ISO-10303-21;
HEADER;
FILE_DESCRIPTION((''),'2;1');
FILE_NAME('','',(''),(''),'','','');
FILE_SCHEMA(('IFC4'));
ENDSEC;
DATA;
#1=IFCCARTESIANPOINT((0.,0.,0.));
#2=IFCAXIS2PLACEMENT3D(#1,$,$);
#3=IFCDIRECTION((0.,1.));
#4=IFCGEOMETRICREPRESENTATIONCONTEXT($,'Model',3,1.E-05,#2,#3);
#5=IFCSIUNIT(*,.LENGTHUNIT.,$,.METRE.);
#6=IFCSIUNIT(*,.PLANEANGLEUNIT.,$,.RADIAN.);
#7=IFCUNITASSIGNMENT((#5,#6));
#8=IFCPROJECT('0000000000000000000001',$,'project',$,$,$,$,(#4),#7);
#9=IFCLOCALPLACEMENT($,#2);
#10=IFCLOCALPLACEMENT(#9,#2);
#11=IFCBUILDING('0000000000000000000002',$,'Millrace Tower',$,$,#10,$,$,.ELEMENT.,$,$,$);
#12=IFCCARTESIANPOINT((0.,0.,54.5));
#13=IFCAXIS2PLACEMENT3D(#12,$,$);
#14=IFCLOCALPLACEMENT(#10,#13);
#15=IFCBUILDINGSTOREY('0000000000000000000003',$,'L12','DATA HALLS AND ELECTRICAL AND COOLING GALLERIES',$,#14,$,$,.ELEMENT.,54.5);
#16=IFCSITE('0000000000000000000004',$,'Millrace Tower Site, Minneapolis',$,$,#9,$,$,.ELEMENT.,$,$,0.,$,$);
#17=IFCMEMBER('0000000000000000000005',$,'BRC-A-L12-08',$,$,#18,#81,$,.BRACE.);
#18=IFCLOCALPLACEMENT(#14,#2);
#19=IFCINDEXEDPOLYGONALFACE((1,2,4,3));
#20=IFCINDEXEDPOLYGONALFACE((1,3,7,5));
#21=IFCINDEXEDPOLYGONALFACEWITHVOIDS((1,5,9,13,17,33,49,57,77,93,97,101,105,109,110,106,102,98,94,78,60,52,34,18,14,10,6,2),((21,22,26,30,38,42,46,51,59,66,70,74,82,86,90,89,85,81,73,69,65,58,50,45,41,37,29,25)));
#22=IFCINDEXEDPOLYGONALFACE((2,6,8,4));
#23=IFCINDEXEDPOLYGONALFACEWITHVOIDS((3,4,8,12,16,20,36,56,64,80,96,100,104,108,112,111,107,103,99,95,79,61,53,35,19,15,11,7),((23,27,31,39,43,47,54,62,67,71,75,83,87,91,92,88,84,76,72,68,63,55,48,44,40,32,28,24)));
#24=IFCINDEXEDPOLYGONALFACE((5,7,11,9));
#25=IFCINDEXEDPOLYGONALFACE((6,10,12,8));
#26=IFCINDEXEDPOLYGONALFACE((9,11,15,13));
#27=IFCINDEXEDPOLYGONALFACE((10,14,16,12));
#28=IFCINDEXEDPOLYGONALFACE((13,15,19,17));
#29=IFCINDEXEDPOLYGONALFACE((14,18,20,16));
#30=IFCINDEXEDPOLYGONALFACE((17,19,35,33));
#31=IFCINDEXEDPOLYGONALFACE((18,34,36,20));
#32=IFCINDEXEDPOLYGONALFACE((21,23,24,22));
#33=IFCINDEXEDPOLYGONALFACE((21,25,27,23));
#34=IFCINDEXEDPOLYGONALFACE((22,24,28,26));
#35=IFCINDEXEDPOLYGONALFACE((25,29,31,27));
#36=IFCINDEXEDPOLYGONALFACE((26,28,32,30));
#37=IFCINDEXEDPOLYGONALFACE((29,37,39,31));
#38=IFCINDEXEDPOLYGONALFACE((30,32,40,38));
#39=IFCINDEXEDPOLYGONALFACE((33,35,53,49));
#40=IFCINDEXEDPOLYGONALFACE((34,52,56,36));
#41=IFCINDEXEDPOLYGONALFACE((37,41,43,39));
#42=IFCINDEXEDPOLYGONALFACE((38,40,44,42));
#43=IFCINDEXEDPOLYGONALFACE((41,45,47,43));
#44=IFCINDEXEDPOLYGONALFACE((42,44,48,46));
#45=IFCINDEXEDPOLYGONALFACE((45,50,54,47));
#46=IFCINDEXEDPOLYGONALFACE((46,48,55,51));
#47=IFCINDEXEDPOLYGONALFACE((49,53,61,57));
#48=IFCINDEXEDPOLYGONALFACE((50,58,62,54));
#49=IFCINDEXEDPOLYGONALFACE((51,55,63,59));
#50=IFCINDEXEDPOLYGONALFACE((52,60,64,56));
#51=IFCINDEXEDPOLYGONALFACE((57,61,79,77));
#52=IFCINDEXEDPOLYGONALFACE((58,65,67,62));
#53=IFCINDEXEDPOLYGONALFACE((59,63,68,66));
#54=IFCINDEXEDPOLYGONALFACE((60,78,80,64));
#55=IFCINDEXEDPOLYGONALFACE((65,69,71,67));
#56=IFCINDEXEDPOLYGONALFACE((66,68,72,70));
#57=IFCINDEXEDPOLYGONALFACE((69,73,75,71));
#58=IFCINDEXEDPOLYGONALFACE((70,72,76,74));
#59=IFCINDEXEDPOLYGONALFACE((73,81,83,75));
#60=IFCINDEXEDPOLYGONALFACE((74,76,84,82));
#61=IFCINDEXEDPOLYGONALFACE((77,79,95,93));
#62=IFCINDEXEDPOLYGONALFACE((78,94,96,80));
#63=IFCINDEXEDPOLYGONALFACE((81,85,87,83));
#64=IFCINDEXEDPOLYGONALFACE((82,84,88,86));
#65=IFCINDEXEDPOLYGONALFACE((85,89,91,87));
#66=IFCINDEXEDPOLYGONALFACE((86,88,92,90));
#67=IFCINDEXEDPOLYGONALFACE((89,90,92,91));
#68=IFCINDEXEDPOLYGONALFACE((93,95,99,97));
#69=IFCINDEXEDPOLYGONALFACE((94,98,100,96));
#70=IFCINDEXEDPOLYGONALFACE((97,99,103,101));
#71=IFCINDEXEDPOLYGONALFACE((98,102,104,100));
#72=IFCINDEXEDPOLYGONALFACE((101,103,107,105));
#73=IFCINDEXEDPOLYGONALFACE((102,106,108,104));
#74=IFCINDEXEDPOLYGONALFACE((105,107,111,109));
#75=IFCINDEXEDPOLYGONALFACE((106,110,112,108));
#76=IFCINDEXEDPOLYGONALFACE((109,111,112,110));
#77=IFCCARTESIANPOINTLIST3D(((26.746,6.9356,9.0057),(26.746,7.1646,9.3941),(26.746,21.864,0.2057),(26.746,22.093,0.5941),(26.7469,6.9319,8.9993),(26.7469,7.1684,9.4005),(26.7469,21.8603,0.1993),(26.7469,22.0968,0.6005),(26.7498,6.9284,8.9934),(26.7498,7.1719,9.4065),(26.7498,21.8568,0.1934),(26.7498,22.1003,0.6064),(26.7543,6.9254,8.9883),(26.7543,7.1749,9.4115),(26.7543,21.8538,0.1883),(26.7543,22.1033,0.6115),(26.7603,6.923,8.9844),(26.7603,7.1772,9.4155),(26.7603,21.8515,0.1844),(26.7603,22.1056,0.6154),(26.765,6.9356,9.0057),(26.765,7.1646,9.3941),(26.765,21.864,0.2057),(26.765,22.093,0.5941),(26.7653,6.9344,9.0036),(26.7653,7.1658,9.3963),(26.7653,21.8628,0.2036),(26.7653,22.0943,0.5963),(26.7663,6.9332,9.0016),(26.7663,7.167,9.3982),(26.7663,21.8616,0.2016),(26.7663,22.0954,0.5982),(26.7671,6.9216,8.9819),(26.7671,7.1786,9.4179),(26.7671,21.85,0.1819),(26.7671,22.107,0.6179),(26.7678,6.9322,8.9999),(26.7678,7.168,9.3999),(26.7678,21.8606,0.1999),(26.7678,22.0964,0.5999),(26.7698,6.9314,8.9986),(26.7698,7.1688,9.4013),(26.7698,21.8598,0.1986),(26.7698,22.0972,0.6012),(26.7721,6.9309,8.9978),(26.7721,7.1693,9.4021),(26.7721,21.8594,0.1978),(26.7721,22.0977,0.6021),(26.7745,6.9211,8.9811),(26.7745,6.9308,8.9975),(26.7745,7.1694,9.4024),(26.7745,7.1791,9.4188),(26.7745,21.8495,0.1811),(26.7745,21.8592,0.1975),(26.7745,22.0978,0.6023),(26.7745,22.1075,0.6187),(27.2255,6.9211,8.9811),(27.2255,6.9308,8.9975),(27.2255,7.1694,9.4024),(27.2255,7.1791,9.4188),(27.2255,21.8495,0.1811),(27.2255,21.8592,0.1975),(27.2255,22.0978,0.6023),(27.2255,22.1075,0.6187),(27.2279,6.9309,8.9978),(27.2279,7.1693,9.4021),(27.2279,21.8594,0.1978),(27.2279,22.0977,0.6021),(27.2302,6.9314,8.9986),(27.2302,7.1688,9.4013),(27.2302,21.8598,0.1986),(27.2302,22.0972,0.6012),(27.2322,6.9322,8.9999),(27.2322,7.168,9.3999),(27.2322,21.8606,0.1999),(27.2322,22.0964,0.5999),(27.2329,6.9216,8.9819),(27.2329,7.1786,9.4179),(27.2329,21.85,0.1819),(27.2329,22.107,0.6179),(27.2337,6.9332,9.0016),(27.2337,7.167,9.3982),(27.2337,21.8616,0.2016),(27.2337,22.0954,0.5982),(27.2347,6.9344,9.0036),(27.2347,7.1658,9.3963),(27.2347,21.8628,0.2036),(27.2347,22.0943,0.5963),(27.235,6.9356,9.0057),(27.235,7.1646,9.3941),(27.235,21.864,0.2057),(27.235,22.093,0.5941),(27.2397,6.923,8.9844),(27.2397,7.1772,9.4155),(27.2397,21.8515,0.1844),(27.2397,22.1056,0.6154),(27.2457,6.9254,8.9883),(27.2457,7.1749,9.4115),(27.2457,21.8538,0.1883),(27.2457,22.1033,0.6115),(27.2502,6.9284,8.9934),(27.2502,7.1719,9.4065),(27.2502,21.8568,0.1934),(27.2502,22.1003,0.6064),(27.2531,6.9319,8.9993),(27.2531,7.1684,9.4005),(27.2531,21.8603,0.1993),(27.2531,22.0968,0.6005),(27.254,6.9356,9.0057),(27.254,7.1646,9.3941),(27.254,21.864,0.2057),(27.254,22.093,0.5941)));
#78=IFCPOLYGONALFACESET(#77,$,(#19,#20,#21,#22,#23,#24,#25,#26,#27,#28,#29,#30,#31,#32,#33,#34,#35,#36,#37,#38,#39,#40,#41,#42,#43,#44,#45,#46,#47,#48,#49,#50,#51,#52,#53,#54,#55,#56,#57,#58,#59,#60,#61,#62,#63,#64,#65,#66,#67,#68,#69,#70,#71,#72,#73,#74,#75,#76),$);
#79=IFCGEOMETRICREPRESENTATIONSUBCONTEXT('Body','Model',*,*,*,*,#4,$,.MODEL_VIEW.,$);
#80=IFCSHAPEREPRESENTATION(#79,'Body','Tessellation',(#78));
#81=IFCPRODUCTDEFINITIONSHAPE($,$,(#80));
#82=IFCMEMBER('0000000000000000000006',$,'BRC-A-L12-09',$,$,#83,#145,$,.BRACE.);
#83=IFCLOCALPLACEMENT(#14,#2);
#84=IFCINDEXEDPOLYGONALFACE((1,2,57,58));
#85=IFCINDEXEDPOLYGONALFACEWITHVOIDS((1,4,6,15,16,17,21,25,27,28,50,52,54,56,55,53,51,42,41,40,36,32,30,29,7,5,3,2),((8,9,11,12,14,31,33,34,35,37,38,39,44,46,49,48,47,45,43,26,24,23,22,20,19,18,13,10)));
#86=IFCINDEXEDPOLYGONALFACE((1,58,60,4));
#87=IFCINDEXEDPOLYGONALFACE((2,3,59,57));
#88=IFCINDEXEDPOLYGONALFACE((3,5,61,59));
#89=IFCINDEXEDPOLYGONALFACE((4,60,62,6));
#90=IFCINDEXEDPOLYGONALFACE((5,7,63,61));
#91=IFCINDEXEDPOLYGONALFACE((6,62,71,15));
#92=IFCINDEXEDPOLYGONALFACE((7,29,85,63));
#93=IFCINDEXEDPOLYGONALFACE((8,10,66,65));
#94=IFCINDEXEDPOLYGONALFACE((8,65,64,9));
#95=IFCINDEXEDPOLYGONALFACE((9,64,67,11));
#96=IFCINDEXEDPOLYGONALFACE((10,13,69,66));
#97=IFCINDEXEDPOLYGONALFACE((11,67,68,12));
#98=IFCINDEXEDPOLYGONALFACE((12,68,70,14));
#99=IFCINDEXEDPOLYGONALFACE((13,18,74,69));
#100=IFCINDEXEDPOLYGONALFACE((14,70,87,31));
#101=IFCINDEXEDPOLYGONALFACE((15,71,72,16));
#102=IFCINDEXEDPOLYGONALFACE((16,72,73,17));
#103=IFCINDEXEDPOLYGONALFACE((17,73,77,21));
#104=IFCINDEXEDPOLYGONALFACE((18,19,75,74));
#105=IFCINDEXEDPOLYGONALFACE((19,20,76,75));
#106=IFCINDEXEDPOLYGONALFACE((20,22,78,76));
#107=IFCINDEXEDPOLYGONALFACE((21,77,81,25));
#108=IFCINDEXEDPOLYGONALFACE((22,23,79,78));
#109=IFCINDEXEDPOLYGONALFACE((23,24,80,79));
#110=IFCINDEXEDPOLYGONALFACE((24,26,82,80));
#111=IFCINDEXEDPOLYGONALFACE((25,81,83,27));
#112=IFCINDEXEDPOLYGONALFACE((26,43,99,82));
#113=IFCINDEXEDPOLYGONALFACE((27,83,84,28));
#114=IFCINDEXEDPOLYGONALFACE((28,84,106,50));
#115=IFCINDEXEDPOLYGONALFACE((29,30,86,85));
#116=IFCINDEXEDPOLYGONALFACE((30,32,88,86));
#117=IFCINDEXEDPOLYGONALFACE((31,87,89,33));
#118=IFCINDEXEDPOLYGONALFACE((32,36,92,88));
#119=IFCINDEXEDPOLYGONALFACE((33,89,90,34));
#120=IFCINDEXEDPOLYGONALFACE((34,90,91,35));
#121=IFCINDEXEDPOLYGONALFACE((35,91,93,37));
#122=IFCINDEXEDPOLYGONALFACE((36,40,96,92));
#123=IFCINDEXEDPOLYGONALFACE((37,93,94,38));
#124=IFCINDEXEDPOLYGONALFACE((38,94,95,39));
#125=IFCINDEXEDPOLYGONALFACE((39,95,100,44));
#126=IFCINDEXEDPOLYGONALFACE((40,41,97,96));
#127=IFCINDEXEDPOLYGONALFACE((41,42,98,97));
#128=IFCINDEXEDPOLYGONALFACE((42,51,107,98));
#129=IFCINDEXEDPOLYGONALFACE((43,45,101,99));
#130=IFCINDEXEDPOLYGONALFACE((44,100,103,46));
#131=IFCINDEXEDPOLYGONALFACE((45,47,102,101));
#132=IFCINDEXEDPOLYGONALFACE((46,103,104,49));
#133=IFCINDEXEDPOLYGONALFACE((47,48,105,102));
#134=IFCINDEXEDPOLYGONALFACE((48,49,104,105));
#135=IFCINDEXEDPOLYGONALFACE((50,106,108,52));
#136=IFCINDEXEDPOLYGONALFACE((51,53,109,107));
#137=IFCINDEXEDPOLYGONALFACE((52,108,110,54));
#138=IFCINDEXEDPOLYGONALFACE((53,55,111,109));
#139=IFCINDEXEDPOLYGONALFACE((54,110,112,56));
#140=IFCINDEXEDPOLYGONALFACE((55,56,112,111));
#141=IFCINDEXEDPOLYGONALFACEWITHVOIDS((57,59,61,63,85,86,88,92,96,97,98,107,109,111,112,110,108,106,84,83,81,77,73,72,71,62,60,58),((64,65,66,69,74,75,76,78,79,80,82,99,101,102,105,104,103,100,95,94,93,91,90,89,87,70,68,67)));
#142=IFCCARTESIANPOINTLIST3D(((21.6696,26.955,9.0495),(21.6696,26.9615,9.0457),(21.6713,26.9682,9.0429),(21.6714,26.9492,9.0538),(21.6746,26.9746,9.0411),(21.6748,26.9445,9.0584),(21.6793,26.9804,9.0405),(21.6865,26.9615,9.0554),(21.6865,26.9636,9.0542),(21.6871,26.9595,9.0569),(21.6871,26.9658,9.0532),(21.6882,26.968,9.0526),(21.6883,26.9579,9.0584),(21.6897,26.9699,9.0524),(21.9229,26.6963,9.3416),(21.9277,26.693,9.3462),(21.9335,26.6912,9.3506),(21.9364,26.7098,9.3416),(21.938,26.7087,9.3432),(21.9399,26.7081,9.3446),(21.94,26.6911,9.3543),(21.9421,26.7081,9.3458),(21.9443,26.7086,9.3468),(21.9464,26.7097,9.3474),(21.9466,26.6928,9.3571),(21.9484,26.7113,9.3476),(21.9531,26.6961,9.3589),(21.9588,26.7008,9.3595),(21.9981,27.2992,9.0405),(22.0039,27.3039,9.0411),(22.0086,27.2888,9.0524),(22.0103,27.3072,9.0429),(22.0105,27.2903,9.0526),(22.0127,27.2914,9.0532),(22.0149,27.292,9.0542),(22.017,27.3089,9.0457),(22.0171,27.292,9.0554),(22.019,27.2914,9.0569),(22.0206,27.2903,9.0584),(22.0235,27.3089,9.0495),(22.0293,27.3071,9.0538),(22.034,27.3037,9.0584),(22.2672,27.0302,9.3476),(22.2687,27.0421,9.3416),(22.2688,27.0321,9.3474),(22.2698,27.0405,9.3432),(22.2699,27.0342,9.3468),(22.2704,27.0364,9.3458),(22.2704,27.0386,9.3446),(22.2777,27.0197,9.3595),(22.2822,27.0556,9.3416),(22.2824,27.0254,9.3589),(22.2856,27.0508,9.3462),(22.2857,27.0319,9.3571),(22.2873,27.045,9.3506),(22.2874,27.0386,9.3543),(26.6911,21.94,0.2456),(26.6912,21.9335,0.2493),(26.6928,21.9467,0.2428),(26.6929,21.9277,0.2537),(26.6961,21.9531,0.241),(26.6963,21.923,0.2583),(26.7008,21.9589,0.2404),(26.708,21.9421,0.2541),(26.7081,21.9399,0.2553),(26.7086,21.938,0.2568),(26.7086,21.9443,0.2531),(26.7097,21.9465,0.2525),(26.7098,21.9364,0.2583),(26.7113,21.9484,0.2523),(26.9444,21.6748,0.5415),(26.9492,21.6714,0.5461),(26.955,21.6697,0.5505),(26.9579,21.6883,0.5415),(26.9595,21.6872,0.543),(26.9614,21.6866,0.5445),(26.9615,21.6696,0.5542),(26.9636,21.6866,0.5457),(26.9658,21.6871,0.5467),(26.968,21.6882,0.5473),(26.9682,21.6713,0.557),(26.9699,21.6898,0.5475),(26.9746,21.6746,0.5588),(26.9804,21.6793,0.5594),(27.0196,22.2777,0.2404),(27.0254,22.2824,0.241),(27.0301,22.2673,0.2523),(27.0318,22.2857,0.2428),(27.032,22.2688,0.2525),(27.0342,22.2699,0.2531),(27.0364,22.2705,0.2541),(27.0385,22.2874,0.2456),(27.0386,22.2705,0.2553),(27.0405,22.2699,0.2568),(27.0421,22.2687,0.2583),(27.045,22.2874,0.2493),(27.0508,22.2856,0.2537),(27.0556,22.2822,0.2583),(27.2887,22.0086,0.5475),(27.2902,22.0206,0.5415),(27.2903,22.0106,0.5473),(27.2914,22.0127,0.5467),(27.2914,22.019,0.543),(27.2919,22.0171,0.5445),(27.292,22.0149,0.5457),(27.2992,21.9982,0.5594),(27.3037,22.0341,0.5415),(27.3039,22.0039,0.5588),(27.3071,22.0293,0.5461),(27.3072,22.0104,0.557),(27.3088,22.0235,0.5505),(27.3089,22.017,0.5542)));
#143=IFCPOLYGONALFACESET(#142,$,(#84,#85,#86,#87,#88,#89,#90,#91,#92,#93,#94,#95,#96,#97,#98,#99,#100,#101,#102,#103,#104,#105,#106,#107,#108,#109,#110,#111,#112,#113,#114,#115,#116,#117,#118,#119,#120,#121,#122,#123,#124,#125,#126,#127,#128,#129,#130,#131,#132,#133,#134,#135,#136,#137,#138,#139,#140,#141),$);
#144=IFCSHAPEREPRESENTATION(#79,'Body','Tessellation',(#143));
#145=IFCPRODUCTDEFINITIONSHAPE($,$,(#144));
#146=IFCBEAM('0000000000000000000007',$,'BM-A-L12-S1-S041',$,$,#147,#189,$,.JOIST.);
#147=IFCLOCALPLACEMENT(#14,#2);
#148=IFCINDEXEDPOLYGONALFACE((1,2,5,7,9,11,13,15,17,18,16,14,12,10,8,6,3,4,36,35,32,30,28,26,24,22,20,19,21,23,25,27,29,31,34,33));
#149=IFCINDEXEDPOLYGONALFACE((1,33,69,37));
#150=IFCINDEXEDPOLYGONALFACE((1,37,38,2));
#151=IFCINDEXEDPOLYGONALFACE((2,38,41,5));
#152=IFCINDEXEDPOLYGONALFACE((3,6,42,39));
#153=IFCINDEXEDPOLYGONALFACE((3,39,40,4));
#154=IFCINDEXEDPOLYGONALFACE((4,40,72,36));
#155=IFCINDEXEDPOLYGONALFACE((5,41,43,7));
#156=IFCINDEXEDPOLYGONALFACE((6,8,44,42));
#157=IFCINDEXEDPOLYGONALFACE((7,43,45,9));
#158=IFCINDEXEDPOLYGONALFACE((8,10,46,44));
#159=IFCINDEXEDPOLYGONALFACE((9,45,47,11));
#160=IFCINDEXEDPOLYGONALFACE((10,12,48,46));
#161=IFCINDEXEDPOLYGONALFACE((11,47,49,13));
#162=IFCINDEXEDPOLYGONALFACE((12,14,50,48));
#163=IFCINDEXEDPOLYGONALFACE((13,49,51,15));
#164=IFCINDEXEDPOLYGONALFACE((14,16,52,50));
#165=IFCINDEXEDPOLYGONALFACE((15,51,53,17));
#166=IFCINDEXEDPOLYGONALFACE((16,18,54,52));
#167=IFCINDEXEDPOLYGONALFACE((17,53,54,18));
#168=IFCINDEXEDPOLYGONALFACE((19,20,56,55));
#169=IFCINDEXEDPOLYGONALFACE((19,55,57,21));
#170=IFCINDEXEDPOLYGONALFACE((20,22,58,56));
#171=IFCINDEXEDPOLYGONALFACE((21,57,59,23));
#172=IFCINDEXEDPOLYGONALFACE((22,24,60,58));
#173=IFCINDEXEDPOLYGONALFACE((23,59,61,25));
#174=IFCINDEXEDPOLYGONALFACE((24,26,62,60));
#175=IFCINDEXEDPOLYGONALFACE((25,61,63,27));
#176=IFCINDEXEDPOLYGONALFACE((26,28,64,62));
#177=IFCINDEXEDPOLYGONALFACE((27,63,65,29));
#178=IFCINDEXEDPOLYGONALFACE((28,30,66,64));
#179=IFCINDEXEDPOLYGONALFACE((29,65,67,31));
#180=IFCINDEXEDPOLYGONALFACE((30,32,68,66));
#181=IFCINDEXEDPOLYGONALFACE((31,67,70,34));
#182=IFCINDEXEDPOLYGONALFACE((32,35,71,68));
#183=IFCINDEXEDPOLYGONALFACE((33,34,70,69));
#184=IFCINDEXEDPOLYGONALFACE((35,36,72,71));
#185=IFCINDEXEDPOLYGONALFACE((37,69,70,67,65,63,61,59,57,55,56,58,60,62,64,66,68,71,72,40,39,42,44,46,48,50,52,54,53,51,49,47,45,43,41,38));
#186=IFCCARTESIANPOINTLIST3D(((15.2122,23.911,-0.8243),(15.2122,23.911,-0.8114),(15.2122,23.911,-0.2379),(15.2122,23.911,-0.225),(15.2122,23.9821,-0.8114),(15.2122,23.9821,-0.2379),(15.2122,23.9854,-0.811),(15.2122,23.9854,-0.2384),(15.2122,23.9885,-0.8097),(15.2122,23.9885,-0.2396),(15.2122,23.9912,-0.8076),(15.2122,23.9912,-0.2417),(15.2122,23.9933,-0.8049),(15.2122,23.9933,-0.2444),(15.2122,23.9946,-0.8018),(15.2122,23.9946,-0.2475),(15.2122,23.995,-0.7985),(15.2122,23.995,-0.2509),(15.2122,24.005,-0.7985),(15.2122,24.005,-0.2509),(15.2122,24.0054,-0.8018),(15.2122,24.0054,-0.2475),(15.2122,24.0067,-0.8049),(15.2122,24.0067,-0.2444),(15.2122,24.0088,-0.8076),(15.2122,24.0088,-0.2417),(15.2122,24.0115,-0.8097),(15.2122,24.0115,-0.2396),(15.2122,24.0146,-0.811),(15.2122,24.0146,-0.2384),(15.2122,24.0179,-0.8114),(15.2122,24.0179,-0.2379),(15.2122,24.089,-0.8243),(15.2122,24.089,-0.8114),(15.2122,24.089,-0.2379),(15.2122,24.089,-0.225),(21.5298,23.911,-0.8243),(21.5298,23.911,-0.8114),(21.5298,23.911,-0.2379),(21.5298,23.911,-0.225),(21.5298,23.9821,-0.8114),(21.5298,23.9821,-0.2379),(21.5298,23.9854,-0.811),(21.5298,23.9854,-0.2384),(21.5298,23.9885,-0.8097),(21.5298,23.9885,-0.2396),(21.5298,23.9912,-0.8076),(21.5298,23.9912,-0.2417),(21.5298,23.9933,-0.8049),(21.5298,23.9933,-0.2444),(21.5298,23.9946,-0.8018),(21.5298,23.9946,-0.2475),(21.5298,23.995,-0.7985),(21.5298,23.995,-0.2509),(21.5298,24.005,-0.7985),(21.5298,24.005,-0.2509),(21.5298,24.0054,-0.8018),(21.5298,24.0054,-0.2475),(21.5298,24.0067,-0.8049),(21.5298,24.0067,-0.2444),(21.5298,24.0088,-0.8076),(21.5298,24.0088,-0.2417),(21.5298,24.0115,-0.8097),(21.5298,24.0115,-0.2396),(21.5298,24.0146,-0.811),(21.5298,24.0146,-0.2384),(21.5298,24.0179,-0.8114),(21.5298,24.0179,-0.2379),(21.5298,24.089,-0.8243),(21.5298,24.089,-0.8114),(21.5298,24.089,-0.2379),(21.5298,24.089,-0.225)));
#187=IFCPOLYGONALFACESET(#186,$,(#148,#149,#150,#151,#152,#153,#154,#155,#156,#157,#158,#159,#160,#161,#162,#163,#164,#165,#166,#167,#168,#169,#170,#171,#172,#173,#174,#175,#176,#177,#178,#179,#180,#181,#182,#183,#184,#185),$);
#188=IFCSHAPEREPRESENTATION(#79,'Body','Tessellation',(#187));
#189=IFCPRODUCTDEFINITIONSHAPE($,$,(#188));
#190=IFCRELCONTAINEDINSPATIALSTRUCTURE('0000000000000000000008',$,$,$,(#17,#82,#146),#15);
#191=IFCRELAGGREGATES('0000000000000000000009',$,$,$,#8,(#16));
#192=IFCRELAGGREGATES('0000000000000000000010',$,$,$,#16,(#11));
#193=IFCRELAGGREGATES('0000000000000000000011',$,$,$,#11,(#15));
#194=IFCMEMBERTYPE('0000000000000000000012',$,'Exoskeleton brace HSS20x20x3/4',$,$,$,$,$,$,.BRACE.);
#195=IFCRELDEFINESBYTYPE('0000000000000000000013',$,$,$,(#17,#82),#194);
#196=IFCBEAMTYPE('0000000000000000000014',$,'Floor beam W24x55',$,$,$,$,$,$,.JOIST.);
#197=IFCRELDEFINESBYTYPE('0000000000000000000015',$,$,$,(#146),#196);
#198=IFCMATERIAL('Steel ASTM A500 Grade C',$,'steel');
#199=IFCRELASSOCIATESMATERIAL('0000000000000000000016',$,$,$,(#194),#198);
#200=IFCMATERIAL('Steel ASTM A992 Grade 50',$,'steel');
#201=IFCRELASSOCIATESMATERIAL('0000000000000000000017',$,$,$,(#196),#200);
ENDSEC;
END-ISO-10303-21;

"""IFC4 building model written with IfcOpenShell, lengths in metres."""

from ifc_helpers import new_model, si_unit, direction, frame, origin, origin_2d, place, context, subcontext, project, spatial, hollow_rectangle, i_section, extrude, material, material_profile, profile_set, type_object, element, save


model = new_model("IFC4")

# Units and contexts
model_context = context("Model", 3, precision=1e-05, world=origin(), true_north=direction((0.0, 1.0)))
body_context = subcontext(model_context, "Body", "Model", "MODEL_VIEW")
ifc_project = project(units=[si_unit("LENGTHUNIT", "METRE"), si_unit("PLANEANGLEUNIT", "RADIAN")], contexts=[model_context])

# Site, building, storey
site_placement = place(None, origin())
site = spatial("IfcSite", under=ifc_project, at=site_placement, Name="Millrace Tower Site, Minneapolis", CompositionType="ELEMENT", RefElevation=0.0)
building_placement = place(site_placement, origin())
building = spatial("IfcBuilding", under=site, at=building_placement, Name="Millrace Tower", CompositionType="ELEMENT")
storey_placement = place(building_placement, frame((0.0, 0.0, 54.5)))
storey = spatial("IfcBuildingStorey", under=building, at=storey_placement, Name="L12", Description="DATA HALLS AND ELECTRICAL AND COOLING GALLERIES", CompositionType="ELEMENT", Elevation=54.5)

# Members
ifc_material_1 = material(Name="Steel ASTM A500 Grade C", Category="steel")
ifc_material_profile_1 = material_profile(ifc_material_1, hollow_rectangle(XDim=0.5081, YDim=0.5081, WallThickness=0.019, InnerFilletRadius=0.0095, OuterFilletRadius=0.0286, at=origin_2d()))
ifc_profile_set_1 = profile_set([ifc_material_profile_1], Name="Steel ASTM A500 Grade C")
member_type_1 = type_object("IfcMemberType", Name="Exoskeleton brace HSS20x20x3/4", PredefinedType="BRACE", material=ifc_profile_set_1)
member_1_placement = place(storey_placement, frame((27.0, 21.9785, 0.3999), z_axis=(0.0, -0.861465, 0.507817), x_axis=(1.0, 0.0, 0.0)))
element("IfcMember", 1, at=member_1_placement, inside=storey, type_object=member_type_1, Name="BRC-A-L12-08", PredefinedType="BRACE", context=body_context, shape_type="SweptSolid", body=[
    extrude(hollow_rectangle(XDim=0.5081, YDim=0.5081, WallThickness=0.019, InnerFilletRadius=0.0095, OuterFilletRadius=0.0286, at=origin_2d()), origin(), (0.0, 0.0, 1.0), 17.3291),
])
member_2_placement = place(storey_placement, frame((27.0, 21.9785, 0.3999), z_axis=(-0.444064, 0.444064, 0.778213), x_axis=(-0.707107, -0.707107, 0.0)))
element("IfcMember", 2, at=member_2_placement, inside=storey, type_object=member_type_1, Name="BRC-A-L12-09", PredefinedType="BRACE", context=body_context, shape_type="SweptSolid", body=[
    extrude(hollow_rectangle(XDim=0.5081, YDim=0.5081, WallThickness=0.019, InnerFilletRadius=0.0095, OuterFilletRadius=0.0286, at=origin_2d()), origin(), (0.0, 0.0, 1.0), 11.3081),
])

# Beam
ifc_material_2 = material(Name="Steel ASTM A992 Grade 50", Category="steel")
ifc_material_profile_2 = material_profile(ifc_material_2, i_section(OverallWidth=0.178, OverallDepth=0.5994, WebThickness=0.01, FlangeThickness=0.0129, FilletRadius=0.0129, at=origin_2d()))
ifc_profile_set_2 = profile_set([ifc_material_profile_2], Name="Steel ASTM A992 Grade 50")
beam_type_1 = type_object("IfcBeamType", Name="Floor beam W24x55", PredefinedType="JOIST", material=ifc_profile_set_2)
beam_1_placement = place(storey_placement, frame((15.2122, 24.0, -0.5247), z_axis=(1.0, 0.0, 0.0), x_axis=(0.0, 1.0, 0.0)))
element("IfcBeam", 3, at=beam_1_placement, inside=storey, type_object=beam_type_1, Name="BM-A-L12-S1-S041", PredefinedType="JOIST", context=body_context, shape_type="SweptSolid", body=[
    extrude(i_section(OverallWidth=0.178, OverallDepth=0.5994, WebThickness=0.01, FlangeThickness=0.0129, FilletRadius=0.0129, at=origin_2d()), origin(), (0.0, 0.0, 1.0), 6.3176),
])

save(model, "model.ifc")
